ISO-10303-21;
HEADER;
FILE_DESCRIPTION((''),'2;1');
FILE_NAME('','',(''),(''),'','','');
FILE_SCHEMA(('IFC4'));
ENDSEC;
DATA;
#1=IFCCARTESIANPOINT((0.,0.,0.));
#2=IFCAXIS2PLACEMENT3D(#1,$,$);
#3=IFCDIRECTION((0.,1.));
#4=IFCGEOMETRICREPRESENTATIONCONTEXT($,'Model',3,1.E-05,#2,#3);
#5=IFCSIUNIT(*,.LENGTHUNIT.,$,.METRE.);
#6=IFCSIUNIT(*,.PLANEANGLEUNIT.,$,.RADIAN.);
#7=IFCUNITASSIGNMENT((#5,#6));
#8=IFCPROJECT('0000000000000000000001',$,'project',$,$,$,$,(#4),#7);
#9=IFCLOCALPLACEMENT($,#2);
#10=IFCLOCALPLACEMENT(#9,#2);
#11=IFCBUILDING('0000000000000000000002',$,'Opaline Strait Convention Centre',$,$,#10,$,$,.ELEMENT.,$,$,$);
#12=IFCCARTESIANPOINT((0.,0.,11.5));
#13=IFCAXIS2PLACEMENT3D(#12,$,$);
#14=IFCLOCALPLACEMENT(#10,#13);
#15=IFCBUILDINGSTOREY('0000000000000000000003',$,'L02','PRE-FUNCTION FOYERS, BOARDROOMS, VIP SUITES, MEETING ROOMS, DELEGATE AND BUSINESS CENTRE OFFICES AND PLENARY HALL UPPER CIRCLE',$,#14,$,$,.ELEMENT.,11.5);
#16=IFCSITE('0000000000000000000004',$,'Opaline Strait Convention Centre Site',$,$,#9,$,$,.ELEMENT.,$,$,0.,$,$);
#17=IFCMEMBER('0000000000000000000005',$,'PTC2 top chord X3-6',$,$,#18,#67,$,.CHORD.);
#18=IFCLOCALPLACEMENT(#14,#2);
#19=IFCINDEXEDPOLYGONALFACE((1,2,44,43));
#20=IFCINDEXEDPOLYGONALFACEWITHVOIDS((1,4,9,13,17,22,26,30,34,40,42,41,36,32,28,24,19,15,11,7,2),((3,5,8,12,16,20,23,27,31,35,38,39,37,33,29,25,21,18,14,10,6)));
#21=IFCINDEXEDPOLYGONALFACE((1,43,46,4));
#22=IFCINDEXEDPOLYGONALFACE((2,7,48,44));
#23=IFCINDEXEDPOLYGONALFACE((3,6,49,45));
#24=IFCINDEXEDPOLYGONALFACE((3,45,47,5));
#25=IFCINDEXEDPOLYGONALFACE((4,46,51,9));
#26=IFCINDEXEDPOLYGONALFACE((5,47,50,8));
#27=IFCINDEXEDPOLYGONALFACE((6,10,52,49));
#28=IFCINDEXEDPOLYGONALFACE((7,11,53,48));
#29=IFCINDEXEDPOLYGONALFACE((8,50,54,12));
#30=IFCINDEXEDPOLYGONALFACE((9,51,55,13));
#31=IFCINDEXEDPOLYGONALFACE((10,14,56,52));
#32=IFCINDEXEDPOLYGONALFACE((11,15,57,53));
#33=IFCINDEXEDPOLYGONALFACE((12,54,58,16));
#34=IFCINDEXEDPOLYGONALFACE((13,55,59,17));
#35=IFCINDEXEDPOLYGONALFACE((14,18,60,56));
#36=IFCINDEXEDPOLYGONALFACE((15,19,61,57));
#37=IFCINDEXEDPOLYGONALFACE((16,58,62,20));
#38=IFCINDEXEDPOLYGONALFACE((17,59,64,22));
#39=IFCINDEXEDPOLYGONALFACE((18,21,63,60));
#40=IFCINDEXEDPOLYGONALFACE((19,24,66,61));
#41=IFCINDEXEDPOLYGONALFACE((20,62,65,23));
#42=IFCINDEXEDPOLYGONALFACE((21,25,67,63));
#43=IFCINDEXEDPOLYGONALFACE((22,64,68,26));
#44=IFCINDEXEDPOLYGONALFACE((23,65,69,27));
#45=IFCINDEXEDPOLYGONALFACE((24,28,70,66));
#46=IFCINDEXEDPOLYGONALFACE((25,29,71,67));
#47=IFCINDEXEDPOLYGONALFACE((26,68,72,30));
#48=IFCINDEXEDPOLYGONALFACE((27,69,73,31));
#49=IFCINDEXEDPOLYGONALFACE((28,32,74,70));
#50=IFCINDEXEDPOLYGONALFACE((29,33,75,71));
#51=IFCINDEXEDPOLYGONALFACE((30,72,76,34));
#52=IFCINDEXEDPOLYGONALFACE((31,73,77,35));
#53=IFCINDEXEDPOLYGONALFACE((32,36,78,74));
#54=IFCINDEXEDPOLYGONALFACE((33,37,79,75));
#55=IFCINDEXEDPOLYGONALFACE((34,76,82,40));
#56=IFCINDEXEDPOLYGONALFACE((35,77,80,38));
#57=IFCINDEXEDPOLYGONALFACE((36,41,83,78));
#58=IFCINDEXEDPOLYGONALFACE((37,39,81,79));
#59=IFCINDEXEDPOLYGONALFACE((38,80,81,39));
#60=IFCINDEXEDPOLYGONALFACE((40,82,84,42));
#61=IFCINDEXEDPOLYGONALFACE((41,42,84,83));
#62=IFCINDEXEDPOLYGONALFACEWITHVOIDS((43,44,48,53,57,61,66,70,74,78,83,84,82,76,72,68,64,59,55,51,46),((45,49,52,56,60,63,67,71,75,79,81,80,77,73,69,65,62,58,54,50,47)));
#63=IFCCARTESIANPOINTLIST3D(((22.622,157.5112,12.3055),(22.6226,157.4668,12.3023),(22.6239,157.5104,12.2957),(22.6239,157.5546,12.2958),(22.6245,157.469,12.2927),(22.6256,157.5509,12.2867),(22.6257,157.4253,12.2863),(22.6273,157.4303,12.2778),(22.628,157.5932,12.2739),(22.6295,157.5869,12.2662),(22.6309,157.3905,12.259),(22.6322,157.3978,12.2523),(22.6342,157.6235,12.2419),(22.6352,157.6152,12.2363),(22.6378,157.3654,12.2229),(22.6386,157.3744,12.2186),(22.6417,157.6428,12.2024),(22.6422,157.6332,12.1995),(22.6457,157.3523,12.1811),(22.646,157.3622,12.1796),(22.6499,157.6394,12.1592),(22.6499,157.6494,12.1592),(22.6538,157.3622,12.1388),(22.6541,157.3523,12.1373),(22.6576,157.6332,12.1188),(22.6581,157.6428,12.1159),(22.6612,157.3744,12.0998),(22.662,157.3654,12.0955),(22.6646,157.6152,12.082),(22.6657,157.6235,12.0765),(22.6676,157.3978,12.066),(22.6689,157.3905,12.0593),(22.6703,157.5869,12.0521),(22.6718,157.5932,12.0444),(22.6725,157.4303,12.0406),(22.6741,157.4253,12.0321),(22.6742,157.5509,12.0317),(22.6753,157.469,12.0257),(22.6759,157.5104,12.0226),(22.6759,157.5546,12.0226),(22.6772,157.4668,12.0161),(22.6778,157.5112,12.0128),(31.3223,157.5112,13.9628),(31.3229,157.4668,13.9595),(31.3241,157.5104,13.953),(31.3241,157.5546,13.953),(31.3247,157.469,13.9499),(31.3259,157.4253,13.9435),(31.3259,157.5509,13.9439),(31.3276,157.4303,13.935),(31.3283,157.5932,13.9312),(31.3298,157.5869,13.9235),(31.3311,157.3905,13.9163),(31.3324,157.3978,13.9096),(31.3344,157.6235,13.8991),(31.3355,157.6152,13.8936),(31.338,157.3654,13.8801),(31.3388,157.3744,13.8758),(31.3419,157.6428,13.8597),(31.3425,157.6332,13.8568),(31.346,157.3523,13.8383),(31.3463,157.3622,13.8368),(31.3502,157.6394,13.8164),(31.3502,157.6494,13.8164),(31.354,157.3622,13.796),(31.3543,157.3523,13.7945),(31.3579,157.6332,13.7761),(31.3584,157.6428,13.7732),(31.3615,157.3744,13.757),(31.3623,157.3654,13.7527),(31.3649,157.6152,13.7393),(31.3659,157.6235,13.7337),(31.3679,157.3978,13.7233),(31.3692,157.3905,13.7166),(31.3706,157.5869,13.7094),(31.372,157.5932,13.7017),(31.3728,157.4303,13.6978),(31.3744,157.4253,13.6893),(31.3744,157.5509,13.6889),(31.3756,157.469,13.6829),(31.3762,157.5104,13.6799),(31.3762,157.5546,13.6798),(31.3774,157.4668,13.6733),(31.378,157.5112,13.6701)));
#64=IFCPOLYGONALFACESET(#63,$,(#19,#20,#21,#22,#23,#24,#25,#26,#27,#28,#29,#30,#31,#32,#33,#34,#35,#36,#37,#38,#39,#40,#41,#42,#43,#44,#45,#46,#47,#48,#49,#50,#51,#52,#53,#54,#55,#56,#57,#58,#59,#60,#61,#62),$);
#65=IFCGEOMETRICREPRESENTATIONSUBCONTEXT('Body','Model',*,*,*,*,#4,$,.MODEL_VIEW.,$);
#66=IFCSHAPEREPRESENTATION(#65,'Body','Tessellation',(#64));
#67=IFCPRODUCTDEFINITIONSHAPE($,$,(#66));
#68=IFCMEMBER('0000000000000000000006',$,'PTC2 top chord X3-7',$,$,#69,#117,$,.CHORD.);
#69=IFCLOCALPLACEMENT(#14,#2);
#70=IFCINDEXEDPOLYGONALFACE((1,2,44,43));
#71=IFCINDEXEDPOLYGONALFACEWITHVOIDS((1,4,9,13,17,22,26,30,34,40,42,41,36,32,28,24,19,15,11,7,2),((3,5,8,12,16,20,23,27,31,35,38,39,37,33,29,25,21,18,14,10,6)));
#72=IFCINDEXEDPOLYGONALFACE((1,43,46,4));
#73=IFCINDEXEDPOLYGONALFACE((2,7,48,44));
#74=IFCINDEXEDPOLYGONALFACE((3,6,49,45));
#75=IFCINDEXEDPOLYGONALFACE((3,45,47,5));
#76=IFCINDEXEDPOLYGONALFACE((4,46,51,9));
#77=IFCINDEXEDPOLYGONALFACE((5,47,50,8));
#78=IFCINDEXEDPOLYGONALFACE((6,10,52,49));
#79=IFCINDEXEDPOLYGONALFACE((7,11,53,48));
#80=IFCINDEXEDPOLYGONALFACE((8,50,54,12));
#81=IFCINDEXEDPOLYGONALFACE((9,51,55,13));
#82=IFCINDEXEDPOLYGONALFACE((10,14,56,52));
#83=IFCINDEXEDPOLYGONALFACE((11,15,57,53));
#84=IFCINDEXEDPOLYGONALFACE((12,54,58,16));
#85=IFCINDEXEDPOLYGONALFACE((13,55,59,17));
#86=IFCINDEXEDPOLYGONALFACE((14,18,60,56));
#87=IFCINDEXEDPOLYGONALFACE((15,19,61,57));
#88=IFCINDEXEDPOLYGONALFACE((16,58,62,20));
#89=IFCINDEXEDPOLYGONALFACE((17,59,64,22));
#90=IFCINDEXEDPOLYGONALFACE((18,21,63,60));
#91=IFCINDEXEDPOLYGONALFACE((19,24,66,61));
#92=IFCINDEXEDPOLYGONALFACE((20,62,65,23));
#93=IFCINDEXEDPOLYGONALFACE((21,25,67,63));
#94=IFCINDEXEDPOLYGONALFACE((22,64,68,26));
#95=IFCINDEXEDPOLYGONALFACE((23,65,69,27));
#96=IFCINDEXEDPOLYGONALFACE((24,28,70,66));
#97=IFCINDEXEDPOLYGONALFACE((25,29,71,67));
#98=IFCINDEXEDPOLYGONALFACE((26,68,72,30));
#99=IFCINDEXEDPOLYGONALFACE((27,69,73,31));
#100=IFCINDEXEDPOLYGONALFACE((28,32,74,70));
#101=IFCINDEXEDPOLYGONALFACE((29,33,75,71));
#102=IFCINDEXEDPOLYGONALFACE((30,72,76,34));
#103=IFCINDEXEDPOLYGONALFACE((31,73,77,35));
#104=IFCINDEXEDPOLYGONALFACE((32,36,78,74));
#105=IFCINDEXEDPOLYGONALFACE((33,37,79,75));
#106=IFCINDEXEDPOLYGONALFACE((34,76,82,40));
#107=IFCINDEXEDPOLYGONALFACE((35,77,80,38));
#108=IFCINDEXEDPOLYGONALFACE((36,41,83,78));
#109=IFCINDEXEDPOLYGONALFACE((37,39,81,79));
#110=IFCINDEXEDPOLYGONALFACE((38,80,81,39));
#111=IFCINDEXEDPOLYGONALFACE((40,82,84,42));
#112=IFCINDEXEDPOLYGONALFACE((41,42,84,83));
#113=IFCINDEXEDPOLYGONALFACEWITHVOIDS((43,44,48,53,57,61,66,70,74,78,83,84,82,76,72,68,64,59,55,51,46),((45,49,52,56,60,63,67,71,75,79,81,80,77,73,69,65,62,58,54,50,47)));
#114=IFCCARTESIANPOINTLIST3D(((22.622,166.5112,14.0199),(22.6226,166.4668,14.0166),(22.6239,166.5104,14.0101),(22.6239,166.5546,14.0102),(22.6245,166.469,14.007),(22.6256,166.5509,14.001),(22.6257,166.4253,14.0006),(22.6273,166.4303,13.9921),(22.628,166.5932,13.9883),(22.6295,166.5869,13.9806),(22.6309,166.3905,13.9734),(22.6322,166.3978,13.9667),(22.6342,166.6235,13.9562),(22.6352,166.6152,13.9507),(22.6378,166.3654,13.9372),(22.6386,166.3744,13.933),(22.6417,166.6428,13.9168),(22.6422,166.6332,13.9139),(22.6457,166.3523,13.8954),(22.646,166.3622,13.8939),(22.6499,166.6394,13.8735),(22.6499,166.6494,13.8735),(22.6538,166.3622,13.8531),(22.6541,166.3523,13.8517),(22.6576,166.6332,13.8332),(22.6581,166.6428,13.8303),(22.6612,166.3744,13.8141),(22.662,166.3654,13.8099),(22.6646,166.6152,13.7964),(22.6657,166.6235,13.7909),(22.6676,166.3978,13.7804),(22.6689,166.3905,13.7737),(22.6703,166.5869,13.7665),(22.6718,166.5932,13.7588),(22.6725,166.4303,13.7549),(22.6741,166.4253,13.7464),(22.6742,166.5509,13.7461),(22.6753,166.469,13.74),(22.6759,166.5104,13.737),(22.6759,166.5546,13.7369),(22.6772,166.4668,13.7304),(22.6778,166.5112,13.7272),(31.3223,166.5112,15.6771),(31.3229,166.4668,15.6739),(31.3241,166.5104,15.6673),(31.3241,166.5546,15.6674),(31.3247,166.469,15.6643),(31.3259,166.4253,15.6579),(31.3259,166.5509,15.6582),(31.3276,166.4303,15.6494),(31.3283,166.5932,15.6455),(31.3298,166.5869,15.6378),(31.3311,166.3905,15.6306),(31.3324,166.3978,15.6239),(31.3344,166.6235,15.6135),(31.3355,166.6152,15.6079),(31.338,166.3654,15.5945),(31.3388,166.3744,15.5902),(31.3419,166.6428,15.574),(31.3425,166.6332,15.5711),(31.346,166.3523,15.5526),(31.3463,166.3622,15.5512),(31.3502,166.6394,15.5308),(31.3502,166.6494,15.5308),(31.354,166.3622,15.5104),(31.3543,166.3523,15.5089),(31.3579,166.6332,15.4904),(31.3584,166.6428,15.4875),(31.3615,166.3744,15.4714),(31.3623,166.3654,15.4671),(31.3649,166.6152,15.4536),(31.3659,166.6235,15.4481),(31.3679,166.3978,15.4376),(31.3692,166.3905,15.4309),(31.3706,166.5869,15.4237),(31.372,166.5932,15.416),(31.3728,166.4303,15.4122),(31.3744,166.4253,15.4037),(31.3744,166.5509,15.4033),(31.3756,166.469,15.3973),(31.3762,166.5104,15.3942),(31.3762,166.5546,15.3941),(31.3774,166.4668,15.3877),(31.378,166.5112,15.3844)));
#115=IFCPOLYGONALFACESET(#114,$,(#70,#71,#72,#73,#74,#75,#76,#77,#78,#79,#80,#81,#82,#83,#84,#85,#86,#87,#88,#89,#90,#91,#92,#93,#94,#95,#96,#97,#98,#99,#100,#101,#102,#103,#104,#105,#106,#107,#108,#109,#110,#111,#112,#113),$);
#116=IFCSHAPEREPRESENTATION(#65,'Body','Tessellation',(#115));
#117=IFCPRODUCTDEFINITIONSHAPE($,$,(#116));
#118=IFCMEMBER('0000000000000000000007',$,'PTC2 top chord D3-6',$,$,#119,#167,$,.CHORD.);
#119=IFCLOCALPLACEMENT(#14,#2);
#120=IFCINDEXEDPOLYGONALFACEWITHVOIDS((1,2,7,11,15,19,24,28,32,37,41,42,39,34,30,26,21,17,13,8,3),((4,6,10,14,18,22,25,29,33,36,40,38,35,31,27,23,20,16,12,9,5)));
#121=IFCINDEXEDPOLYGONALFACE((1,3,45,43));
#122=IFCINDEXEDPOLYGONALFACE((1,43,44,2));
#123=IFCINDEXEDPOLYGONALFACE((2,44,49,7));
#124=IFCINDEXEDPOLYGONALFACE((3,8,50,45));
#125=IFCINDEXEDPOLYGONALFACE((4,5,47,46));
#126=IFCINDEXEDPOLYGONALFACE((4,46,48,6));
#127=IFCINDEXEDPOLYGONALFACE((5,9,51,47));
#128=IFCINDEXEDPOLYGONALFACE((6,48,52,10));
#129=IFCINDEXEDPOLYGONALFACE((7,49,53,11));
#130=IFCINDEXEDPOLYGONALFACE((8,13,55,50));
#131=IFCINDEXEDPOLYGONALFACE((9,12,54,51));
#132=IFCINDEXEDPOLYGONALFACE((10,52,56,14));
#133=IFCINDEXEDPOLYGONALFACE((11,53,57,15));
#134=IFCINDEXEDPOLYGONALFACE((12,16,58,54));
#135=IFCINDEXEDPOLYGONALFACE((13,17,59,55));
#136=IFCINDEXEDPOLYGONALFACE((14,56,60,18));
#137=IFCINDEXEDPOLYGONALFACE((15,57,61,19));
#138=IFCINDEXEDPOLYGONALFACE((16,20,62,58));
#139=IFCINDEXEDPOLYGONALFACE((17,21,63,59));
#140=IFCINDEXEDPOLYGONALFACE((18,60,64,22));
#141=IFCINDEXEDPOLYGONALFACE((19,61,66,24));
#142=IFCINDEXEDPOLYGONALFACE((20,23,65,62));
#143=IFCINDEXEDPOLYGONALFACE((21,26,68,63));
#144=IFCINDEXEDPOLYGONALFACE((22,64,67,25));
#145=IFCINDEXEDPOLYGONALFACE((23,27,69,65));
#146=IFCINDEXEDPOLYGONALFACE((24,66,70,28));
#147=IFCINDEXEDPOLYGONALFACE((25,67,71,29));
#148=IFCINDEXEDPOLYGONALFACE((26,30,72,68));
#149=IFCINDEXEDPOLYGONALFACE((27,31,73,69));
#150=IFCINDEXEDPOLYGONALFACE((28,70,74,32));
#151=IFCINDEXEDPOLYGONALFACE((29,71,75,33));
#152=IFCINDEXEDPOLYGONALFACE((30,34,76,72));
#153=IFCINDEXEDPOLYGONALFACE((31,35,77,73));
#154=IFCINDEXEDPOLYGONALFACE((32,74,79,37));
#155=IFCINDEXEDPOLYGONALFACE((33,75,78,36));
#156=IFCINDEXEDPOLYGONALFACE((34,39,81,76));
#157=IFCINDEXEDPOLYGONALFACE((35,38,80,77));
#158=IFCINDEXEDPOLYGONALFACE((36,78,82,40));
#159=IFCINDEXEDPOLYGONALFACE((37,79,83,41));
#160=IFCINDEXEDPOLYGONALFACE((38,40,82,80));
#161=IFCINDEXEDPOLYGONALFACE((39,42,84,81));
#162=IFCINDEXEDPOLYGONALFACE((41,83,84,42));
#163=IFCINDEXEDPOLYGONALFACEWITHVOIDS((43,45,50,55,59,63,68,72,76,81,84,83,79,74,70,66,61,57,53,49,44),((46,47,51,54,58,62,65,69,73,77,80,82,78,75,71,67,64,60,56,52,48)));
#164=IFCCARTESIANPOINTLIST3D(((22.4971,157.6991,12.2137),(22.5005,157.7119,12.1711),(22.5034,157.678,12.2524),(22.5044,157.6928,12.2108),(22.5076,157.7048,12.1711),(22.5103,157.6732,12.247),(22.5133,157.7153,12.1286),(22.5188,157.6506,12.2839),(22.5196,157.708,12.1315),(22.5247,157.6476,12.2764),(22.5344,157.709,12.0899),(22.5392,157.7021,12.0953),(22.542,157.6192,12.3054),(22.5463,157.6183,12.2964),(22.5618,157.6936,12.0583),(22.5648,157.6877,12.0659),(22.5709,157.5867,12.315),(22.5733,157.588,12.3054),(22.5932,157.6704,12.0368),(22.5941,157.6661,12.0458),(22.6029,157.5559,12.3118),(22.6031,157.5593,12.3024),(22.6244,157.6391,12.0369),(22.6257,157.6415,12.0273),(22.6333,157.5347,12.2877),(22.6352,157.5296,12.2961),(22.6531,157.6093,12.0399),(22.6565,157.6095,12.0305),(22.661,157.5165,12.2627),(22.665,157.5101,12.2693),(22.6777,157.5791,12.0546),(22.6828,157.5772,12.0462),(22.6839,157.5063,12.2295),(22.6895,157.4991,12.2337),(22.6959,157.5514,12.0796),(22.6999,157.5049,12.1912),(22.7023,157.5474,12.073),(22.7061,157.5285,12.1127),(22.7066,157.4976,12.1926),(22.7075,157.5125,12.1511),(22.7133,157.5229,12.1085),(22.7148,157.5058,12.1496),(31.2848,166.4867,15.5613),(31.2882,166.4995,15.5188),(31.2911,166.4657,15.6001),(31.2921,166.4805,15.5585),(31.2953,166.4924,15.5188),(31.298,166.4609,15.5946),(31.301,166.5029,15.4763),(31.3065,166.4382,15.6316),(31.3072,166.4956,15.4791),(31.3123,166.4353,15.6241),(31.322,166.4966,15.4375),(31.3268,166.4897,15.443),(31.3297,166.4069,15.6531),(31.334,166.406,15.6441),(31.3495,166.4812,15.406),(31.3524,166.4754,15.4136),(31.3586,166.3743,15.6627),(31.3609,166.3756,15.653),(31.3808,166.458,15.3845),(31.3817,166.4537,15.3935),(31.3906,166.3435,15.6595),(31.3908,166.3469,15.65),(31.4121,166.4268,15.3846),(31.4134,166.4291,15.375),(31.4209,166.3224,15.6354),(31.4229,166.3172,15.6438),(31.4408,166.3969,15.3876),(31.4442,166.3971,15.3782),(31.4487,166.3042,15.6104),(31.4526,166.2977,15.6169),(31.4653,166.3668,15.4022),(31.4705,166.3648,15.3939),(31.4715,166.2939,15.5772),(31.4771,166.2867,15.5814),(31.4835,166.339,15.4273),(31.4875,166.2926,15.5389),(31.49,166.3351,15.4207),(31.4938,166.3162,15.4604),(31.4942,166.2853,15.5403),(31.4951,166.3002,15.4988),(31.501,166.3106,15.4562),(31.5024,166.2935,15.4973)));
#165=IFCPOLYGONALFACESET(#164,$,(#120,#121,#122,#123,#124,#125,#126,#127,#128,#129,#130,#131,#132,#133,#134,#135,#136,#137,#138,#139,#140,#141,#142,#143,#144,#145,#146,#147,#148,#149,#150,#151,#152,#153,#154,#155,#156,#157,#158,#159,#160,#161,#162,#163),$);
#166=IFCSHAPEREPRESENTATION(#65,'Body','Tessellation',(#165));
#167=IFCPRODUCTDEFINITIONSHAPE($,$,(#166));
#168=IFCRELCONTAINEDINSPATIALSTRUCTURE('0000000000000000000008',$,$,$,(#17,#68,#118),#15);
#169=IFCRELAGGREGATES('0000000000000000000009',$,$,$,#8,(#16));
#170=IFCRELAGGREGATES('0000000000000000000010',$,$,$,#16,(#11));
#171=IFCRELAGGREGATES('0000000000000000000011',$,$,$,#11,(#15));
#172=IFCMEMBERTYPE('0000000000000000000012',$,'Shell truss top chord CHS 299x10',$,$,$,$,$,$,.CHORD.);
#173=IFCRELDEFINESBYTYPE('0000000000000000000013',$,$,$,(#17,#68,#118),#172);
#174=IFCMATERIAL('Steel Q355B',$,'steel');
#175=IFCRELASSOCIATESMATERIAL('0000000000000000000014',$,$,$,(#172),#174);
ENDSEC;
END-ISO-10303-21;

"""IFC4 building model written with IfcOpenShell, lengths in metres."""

from ifc_helpers import new_model, si_unit, direction, frame, origin, origin_2d, place, context, subcontext, project, spatial, hollow_circle, extrude, material, material_profile, profile_set, type_object, element, save


model = new_model("IFC4")

# Units and contexts
model_context = context("Model", 3, precision=1e-05, world=origin(), true_north=direction((0.0, 1.0)))
body_context = subcontext(model_context, "Body", "Model", "MODEL_VIEW")
ifc_project = project(units=[si_unit("LENGTHUNIT", "METRE"), si_unit("PLANEANGLEUNIT", "RADIAN")], contexts=[model_context])

# Site, building, storey
site_placement = place(None, origin())
site = spatial("IfcSite", under=ifc_project, at=site_placement, Name="Opaline Strait Convention Centre Site", CompositionType="ELEMENT", RefElevation=0.0)
building_placement = place(site_placement, origin())
building = spatial("IfcBuilding", under=site, at=building_placement, Name="Opaline Strait Convention Centre", CompositionType="ELEMENT")
storey_placement = place(building_placement, frame((0.0, 0.0, 11.5)))
storey = spatial("IfcBuildingStorey", under=building, at=storey_placement, Name="L02", Description="PRE-FUNCTION FOYERS, BOARDROOMS, VIP SUITES, MEETING ROOMS, DELEGATE AND BUSINESS CENTRE OFFICES AND PLENARY HALL UPPER CIRCLE", CompositionType="ELEMENT", Elevation=11.5)

# Members
ifc_material_1 = material(Name="Steel Q355B", Category="steel")
ifc_material_profile_1 = material_profile(ifc_material_1, hollow_circle(Radius=0.1494, WallThickness=0.01, at=origin_2d()), Name="CHS 299x10")
ifc_profile_set_1 = profile_set([ifc_material_profile_1], Name="Steel Q355B")
member_type_1 = type_object("IfcMemberType", Name="Shell truss top chord CHS 299x10", PredefinedType="CHORD", material=ifc_profile_set_1)
for number, where, z_axis, x_axis, name in (
    (1, (22.6499, 157.5, 12.1592), (0.982338, 0.0, 0.187117), (0.0, 1.0, 0.0), "PTC2 top chord X3-6"),
    (2, (22.6499, 166.5, 13.8735), (0.982338, 0.0, 0.187117), (0.0, 1.0, 0.0), "PTC2 top chord X3-7"),
):
    element("IfcMember", number, at=place(storey_placement, frame(where, z_axis=z_axis, x_axis=x_axis)), inside=storey, type_object=member_type_1, Name=name, PredefinedType="CHORD", context=body_context, shape_type="SweptSolid", body=[
        extrude(hollow_circle(Radius=0.1494, WallThickness=0.01, at=origin_2d()), origin(), (0.0, 0.0, 1.0), 8.8567),
    ])
member_1_placement = place(storey_placement, frame((22.6062, 157.6062, 12.1711), z_axis=(0.682769, 0.682769, 0.260102), x_axis=(-0.707107, 0.707107, 0.0)))
element("IfcMember", 3, at=member_1_placement, inside=storey, type_object=member_type_1, Name="PTC2 top chord D3-6", PredefinedType="CHORD", context=body_context, shape_type="SweptSolid", body=[
    extrude(hollow_circle(Radius=0.1494, WallThickness=0.01, at=origin_2d()), origin(), (0.0, 0.0, 1.0), 12.8706),
])

save(model, "model.ifc")
